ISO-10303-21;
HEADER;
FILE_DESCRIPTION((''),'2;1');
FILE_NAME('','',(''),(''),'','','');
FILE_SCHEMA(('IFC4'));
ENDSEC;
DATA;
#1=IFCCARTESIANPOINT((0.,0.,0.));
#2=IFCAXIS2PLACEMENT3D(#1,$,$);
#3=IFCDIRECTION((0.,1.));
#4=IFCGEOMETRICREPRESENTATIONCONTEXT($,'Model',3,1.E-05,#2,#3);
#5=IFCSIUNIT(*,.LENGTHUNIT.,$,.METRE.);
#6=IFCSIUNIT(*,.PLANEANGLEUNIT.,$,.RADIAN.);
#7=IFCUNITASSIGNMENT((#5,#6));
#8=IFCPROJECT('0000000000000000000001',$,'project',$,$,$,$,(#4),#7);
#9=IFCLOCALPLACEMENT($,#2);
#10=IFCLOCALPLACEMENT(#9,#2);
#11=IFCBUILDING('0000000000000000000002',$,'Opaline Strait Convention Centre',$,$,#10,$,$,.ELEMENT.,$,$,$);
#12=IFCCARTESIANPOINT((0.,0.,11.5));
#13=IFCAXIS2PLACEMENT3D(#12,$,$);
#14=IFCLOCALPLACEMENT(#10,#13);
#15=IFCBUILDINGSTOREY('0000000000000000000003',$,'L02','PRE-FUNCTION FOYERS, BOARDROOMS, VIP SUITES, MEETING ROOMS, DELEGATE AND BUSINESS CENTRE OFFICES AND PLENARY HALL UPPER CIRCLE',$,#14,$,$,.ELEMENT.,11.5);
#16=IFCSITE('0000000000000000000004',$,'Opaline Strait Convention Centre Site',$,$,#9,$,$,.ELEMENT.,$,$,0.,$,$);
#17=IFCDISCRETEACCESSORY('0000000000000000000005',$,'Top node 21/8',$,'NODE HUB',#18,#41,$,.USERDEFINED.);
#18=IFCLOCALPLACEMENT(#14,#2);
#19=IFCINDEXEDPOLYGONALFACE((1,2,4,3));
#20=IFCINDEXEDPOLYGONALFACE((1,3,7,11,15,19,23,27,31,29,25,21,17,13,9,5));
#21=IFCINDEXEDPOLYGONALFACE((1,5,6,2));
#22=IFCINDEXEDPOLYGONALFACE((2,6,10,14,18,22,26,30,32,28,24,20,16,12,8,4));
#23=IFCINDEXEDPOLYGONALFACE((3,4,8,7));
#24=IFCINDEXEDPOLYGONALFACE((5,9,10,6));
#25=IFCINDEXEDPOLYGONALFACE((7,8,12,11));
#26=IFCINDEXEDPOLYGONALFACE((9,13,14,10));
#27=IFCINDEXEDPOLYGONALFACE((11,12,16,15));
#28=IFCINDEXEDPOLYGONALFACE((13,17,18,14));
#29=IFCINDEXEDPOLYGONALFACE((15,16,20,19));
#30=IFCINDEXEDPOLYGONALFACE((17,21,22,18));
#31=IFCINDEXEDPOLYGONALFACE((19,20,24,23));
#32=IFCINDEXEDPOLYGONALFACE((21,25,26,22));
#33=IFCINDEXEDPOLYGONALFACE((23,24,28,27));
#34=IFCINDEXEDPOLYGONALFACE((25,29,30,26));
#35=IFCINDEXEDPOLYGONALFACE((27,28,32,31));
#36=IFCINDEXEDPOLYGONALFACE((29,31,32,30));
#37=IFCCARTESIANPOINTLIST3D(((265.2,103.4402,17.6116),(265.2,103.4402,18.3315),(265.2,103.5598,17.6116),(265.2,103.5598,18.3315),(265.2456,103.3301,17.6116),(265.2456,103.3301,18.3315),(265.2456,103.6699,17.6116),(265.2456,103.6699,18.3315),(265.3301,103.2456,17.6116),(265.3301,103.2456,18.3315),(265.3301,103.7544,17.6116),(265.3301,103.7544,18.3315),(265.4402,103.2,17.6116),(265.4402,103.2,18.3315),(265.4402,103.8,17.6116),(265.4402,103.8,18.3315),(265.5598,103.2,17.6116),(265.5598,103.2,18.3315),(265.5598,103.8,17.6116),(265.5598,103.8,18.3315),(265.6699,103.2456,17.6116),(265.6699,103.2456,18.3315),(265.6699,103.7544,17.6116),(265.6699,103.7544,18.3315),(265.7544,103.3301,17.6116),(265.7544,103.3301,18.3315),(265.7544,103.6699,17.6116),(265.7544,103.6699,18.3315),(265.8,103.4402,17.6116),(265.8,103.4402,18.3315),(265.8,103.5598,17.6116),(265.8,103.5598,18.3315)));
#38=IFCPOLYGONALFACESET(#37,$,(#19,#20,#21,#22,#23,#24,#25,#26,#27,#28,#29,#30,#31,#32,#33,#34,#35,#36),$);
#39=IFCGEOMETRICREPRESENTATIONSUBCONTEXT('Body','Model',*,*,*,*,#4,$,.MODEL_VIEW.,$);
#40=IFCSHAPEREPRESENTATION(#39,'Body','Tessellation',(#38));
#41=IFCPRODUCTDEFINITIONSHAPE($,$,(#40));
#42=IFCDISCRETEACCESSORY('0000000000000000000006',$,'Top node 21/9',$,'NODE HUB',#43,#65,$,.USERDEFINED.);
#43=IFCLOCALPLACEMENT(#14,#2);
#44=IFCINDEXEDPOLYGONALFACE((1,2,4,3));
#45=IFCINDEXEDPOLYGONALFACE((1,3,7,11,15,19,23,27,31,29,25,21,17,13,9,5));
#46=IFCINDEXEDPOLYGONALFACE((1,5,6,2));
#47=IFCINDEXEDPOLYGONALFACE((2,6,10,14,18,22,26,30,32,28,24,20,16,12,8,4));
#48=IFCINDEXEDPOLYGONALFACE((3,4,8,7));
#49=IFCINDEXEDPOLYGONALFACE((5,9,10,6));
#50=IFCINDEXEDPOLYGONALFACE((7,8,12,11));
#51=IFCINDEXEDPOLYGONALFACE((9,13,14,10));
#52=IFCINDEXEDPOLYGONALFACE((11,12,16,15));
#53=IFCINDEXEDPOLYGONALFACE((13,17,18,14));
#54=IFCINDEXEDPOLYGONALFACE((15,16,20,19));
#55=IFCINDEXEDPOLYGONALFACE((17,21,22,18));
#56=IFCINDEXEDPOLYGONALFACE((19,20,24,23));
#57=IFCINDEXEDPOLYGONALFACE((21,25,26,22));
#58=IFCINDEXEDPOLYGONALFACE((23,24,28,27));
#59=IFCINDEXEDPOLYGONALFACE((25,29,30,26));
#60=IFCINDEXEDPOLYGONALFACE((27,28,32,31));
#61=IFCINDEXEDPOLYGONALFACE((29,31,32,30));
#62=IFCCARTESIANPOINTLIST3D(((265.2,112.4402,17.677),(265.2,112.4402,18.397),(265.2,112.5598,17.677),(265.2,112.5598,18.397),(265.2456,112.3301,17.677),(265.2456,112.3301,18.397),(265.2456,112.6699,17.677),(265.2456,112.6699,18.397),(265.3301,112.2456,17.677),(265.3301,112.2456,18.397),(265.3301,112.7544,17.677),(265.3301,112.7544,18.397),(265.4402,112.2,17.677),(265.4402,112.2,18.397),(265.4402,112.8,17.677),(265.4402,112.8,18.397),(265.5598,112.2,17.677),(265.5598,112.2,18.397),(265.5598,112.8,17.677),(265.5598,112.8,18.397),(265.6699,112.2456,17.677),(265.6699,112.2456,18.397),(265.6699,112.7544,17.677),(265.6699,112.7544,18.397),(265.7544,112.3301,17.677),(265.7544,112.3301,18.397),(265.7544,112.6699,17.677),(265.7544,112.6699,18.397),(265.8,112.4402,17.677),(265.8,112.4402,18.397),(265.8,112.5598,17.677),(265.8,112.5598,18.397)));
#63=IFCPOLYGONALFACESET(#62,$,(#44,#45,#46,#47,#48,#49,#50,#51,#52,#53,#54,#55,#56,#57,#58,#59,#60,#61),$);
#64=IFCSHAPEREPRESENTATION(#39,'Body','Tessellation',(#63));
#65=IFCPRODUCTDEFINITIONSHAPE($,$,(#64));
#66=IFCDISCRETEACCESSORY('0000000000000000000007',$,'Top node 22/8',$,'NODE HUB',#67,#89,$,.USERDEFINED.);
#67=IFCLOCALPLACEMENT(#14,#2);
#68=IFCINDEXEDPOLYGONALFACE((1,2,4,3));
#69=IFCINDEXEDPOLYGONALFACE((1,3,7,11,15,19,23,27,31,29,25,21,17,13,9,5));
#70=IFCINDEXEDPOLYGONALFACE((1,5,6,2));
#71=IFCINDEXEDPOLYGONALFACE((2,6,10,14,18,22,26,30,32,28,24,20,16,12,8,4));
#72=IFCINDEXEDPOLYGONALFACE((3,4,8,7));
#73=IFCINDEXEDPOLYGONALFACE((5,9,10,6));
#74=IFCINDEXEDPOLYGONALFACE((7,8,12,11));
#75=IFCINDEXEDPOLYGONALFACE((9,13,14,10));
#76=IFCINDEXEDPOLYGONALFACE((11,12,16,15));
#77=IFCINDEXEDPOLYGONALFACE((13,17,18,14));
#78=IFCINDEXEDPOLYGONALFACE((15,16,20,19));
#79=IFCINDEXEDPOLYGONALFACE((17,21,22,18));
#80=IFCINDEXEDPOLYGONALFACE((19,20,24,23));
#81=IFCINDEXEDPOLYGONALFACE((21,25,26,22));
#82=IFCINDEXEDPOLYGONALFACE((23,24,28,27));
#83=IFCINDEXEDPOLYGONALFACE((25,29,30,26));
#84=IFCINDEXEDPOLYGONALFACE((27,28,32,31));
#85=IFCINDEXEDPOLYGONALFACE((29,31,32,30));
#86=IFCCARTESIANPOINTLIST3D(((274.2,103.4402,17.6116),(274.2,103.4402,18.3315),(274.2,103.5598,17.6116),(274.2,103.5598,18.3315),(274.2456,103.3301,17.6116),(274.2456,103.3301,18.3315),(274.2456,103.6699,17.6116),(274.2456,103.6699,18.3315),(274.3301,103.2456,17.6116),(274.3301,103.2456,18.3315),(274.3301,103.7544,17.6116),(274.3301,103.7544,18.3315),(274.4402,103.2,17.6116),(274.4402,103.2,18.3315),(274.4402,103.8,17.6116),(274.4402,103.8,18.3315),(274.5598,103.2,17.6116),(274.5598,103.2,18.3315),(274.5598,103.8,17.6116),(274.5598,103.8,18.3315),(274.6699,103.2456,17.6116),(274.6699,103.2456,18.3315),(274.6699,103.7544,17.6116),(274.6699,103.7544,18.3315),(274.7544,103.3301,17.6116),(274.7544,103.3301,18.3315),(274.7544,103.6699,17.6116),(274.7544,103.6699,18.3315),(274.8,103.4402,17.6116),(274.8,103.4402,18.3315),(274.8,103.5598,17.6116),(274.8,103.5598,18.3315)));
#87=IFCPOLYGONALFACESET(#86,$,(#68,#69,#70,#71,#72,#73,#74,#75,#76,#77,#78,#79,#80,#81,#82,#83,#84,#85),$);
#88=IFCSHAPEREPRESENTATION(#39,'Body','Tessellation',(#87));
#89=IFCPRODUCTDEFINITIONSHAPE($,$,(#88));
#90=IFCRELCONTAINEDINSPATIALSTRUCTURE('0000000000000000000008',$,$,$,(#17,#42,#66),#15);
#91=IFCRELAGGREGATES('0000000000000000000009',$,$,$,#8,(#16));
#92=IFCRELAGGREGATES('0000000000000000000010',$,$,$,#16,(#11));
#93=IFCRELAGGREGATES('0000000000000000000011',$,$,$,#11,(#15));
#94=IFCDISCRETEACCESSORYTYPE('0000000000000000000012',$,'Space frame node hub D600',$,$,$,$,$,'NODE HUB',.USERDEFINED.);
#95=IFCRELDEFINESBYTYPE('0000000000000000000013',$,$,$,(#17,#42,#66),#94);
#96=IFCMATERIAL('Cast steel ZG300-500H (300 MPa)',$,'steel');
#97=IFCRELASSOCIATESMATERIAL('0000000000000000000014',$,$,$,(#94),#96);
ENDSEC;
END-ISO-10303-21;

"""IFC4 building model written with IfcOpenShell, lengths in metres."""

from ifc_helpers import new_model, si_unit, direction, frame, origin, place, context, subcontext, project, spatial, polyline, outline, extrude, material, type_object, element, save


model = new_model("IFC4")

# Units and contexts
model_context = context("Model", 3, precision=1e-05, world=origin(), true_north=direction((0.0, 1.0)))
body_context = subcontext(model_context, "Body", "Model", "MODEL_VIEW")
ifc_project = project(units=[si_unit("LENGTHUNIT", "METRE"), si_unit("PLANEANGLEUNIT", "RADIAN")], contexts=[model_context])

# Site, building, storey
site_placement = place(None, origin())
site = spatial("IfcSite", under=ifc_project, at=site_placement, Name="Opaline Strait Convention Centre Site", CompositionType="ELEMENT", RefElevation=0.0)
building_placement = place(site_placement, origin())
building = spatial("IfcBuilding", under=site, at=building_placement, Name="Opaline Strait Convention Centre", CompositionType="ELEMENT")
storey_placement = place(building_placement, frame((0.0, 0.0, 11.5)))
storey = spatial("IfcBuildingStorey", under=building, at=storey_placement, Name="L02", Description="PRE-FUNCTION FOYERS, BOARDROOMS, VIP SUITES, MEETING ROOMS, DELEGATE AND BUSINESS CENTRE OFFICES AND PLENARY HALL UPPER CIRCLE", CompositionType="ELEMENT", Elevation=11.5)

# Discrete accessories
ifc_material = material(Name="Cast steel ZG300-500H (300 MPa)", Category="steel")
discrete_accessory_type_1 = type_object("IfcDiscreteAccessoryType", Name="Space frame node hub D600", ElementType="NODE HUB", PredefinedType="USERDEFINED", material=ifc_material)
discrete_accessory_1_placement = place(storey_placement, frame((0.0, 0.0, 17.6116)))
element("IfcDiscreteAccessory", 1, at=discrete_accessory_1_placement, inside=storey, type_object=discrete_accessory_type_1, Name="Top node 21/8", ObjectType="NODE HUB", PredefinedType="USERDEFINED", context=body_context, shape_type="SweptSolid", body=[
    extrude(outline(polyline([(265.8, 103.5598), (265.7544, 103.6699), (265.6699, 103.7544), (265.5598, 103.8), (265.4402, 103.8), (265.3301, 103.7544), (265.2456, 103.6699), (265.2, 103.5598), (265.2, 103.4402), (265.2456, 103.3301), (265.3301, 103.2456), (265.4402, 103.2), (265.5598, 103.2), (265.6699, 103.2456), (265.7544, 103.3301), (265.8, 103.4402), (265.8, 103.5598)])), origin(), (0.0, 0.0, 1.0), 0.72),
])
discrete_accessory_2_placement = place(storey_placement, frame((0.0, 0.0, 17.677)))
element("IfcDiscreteAccessory", 2, at=discrete_accessory_2_placement, inside=storey, type_object=discrete_accessory_type_1, Name="Top node 21/9", ObjectType="NODE HUB", PredefinedType="USERDEFINED", context=body_context, shape_type="SweptSolid", body=[
    extrude(outline(polyline([(265.8, 112.5598), (265.7544, 112.6699), (265.6699, 112.7544), (265.5598, 112.8), (265.4402, 112.8), (265.3301, 112.7544), (265.2456, 112.6699), (265.2, 112.5598), (265.2, 112.4402), (265.2456, 112.3301), (265.3301, 112.2456), (265.4402, 112.2), (265.5598, 112.2), (265.6699, 112.2456), (265.7544, 112.3301), (265.8, 112.4402), (265.8, 112.5598)])), origin(), (0.0, 0.0, 1.0), 0.72),
])
discrete_accessory_3_placement = place(storey_placement, frame((0.0, 0.0, 17.6116)))
element("IfcDiscreteAccessory", 3, at=discrete_accessory_3_placement, inside=storey, type_object=discrete_accessory_type_1, Name="Top node 22/8", ObjectType="NODE HUB", PredefinedType="USERDEFINED", context=body_context, shape_type="SweptSolid", body=[
    extrude(outline(polyline([(274.8, 103.5598), (274.7544, 103.6699), (274.6699, 103.7544), (274.5598, 103.8), (274.4402, 103.8), (274.3301, 103.7544), (274.2456, 103.6699), (274.2, 103.5598), (274.2, 103.4402), (274.2456, 103.3301), (274.3301, 103.2456), (274.4402, 103.2), (274.5598, 103.2), (274.6699, 103.2456), (274.7544, 103.3301), (274.8, 103.4402), (274.8, 103.5598)])), origin(), (0.0, 0.0, 1.0), 0.72),
])

save(model, "model.ifc")
